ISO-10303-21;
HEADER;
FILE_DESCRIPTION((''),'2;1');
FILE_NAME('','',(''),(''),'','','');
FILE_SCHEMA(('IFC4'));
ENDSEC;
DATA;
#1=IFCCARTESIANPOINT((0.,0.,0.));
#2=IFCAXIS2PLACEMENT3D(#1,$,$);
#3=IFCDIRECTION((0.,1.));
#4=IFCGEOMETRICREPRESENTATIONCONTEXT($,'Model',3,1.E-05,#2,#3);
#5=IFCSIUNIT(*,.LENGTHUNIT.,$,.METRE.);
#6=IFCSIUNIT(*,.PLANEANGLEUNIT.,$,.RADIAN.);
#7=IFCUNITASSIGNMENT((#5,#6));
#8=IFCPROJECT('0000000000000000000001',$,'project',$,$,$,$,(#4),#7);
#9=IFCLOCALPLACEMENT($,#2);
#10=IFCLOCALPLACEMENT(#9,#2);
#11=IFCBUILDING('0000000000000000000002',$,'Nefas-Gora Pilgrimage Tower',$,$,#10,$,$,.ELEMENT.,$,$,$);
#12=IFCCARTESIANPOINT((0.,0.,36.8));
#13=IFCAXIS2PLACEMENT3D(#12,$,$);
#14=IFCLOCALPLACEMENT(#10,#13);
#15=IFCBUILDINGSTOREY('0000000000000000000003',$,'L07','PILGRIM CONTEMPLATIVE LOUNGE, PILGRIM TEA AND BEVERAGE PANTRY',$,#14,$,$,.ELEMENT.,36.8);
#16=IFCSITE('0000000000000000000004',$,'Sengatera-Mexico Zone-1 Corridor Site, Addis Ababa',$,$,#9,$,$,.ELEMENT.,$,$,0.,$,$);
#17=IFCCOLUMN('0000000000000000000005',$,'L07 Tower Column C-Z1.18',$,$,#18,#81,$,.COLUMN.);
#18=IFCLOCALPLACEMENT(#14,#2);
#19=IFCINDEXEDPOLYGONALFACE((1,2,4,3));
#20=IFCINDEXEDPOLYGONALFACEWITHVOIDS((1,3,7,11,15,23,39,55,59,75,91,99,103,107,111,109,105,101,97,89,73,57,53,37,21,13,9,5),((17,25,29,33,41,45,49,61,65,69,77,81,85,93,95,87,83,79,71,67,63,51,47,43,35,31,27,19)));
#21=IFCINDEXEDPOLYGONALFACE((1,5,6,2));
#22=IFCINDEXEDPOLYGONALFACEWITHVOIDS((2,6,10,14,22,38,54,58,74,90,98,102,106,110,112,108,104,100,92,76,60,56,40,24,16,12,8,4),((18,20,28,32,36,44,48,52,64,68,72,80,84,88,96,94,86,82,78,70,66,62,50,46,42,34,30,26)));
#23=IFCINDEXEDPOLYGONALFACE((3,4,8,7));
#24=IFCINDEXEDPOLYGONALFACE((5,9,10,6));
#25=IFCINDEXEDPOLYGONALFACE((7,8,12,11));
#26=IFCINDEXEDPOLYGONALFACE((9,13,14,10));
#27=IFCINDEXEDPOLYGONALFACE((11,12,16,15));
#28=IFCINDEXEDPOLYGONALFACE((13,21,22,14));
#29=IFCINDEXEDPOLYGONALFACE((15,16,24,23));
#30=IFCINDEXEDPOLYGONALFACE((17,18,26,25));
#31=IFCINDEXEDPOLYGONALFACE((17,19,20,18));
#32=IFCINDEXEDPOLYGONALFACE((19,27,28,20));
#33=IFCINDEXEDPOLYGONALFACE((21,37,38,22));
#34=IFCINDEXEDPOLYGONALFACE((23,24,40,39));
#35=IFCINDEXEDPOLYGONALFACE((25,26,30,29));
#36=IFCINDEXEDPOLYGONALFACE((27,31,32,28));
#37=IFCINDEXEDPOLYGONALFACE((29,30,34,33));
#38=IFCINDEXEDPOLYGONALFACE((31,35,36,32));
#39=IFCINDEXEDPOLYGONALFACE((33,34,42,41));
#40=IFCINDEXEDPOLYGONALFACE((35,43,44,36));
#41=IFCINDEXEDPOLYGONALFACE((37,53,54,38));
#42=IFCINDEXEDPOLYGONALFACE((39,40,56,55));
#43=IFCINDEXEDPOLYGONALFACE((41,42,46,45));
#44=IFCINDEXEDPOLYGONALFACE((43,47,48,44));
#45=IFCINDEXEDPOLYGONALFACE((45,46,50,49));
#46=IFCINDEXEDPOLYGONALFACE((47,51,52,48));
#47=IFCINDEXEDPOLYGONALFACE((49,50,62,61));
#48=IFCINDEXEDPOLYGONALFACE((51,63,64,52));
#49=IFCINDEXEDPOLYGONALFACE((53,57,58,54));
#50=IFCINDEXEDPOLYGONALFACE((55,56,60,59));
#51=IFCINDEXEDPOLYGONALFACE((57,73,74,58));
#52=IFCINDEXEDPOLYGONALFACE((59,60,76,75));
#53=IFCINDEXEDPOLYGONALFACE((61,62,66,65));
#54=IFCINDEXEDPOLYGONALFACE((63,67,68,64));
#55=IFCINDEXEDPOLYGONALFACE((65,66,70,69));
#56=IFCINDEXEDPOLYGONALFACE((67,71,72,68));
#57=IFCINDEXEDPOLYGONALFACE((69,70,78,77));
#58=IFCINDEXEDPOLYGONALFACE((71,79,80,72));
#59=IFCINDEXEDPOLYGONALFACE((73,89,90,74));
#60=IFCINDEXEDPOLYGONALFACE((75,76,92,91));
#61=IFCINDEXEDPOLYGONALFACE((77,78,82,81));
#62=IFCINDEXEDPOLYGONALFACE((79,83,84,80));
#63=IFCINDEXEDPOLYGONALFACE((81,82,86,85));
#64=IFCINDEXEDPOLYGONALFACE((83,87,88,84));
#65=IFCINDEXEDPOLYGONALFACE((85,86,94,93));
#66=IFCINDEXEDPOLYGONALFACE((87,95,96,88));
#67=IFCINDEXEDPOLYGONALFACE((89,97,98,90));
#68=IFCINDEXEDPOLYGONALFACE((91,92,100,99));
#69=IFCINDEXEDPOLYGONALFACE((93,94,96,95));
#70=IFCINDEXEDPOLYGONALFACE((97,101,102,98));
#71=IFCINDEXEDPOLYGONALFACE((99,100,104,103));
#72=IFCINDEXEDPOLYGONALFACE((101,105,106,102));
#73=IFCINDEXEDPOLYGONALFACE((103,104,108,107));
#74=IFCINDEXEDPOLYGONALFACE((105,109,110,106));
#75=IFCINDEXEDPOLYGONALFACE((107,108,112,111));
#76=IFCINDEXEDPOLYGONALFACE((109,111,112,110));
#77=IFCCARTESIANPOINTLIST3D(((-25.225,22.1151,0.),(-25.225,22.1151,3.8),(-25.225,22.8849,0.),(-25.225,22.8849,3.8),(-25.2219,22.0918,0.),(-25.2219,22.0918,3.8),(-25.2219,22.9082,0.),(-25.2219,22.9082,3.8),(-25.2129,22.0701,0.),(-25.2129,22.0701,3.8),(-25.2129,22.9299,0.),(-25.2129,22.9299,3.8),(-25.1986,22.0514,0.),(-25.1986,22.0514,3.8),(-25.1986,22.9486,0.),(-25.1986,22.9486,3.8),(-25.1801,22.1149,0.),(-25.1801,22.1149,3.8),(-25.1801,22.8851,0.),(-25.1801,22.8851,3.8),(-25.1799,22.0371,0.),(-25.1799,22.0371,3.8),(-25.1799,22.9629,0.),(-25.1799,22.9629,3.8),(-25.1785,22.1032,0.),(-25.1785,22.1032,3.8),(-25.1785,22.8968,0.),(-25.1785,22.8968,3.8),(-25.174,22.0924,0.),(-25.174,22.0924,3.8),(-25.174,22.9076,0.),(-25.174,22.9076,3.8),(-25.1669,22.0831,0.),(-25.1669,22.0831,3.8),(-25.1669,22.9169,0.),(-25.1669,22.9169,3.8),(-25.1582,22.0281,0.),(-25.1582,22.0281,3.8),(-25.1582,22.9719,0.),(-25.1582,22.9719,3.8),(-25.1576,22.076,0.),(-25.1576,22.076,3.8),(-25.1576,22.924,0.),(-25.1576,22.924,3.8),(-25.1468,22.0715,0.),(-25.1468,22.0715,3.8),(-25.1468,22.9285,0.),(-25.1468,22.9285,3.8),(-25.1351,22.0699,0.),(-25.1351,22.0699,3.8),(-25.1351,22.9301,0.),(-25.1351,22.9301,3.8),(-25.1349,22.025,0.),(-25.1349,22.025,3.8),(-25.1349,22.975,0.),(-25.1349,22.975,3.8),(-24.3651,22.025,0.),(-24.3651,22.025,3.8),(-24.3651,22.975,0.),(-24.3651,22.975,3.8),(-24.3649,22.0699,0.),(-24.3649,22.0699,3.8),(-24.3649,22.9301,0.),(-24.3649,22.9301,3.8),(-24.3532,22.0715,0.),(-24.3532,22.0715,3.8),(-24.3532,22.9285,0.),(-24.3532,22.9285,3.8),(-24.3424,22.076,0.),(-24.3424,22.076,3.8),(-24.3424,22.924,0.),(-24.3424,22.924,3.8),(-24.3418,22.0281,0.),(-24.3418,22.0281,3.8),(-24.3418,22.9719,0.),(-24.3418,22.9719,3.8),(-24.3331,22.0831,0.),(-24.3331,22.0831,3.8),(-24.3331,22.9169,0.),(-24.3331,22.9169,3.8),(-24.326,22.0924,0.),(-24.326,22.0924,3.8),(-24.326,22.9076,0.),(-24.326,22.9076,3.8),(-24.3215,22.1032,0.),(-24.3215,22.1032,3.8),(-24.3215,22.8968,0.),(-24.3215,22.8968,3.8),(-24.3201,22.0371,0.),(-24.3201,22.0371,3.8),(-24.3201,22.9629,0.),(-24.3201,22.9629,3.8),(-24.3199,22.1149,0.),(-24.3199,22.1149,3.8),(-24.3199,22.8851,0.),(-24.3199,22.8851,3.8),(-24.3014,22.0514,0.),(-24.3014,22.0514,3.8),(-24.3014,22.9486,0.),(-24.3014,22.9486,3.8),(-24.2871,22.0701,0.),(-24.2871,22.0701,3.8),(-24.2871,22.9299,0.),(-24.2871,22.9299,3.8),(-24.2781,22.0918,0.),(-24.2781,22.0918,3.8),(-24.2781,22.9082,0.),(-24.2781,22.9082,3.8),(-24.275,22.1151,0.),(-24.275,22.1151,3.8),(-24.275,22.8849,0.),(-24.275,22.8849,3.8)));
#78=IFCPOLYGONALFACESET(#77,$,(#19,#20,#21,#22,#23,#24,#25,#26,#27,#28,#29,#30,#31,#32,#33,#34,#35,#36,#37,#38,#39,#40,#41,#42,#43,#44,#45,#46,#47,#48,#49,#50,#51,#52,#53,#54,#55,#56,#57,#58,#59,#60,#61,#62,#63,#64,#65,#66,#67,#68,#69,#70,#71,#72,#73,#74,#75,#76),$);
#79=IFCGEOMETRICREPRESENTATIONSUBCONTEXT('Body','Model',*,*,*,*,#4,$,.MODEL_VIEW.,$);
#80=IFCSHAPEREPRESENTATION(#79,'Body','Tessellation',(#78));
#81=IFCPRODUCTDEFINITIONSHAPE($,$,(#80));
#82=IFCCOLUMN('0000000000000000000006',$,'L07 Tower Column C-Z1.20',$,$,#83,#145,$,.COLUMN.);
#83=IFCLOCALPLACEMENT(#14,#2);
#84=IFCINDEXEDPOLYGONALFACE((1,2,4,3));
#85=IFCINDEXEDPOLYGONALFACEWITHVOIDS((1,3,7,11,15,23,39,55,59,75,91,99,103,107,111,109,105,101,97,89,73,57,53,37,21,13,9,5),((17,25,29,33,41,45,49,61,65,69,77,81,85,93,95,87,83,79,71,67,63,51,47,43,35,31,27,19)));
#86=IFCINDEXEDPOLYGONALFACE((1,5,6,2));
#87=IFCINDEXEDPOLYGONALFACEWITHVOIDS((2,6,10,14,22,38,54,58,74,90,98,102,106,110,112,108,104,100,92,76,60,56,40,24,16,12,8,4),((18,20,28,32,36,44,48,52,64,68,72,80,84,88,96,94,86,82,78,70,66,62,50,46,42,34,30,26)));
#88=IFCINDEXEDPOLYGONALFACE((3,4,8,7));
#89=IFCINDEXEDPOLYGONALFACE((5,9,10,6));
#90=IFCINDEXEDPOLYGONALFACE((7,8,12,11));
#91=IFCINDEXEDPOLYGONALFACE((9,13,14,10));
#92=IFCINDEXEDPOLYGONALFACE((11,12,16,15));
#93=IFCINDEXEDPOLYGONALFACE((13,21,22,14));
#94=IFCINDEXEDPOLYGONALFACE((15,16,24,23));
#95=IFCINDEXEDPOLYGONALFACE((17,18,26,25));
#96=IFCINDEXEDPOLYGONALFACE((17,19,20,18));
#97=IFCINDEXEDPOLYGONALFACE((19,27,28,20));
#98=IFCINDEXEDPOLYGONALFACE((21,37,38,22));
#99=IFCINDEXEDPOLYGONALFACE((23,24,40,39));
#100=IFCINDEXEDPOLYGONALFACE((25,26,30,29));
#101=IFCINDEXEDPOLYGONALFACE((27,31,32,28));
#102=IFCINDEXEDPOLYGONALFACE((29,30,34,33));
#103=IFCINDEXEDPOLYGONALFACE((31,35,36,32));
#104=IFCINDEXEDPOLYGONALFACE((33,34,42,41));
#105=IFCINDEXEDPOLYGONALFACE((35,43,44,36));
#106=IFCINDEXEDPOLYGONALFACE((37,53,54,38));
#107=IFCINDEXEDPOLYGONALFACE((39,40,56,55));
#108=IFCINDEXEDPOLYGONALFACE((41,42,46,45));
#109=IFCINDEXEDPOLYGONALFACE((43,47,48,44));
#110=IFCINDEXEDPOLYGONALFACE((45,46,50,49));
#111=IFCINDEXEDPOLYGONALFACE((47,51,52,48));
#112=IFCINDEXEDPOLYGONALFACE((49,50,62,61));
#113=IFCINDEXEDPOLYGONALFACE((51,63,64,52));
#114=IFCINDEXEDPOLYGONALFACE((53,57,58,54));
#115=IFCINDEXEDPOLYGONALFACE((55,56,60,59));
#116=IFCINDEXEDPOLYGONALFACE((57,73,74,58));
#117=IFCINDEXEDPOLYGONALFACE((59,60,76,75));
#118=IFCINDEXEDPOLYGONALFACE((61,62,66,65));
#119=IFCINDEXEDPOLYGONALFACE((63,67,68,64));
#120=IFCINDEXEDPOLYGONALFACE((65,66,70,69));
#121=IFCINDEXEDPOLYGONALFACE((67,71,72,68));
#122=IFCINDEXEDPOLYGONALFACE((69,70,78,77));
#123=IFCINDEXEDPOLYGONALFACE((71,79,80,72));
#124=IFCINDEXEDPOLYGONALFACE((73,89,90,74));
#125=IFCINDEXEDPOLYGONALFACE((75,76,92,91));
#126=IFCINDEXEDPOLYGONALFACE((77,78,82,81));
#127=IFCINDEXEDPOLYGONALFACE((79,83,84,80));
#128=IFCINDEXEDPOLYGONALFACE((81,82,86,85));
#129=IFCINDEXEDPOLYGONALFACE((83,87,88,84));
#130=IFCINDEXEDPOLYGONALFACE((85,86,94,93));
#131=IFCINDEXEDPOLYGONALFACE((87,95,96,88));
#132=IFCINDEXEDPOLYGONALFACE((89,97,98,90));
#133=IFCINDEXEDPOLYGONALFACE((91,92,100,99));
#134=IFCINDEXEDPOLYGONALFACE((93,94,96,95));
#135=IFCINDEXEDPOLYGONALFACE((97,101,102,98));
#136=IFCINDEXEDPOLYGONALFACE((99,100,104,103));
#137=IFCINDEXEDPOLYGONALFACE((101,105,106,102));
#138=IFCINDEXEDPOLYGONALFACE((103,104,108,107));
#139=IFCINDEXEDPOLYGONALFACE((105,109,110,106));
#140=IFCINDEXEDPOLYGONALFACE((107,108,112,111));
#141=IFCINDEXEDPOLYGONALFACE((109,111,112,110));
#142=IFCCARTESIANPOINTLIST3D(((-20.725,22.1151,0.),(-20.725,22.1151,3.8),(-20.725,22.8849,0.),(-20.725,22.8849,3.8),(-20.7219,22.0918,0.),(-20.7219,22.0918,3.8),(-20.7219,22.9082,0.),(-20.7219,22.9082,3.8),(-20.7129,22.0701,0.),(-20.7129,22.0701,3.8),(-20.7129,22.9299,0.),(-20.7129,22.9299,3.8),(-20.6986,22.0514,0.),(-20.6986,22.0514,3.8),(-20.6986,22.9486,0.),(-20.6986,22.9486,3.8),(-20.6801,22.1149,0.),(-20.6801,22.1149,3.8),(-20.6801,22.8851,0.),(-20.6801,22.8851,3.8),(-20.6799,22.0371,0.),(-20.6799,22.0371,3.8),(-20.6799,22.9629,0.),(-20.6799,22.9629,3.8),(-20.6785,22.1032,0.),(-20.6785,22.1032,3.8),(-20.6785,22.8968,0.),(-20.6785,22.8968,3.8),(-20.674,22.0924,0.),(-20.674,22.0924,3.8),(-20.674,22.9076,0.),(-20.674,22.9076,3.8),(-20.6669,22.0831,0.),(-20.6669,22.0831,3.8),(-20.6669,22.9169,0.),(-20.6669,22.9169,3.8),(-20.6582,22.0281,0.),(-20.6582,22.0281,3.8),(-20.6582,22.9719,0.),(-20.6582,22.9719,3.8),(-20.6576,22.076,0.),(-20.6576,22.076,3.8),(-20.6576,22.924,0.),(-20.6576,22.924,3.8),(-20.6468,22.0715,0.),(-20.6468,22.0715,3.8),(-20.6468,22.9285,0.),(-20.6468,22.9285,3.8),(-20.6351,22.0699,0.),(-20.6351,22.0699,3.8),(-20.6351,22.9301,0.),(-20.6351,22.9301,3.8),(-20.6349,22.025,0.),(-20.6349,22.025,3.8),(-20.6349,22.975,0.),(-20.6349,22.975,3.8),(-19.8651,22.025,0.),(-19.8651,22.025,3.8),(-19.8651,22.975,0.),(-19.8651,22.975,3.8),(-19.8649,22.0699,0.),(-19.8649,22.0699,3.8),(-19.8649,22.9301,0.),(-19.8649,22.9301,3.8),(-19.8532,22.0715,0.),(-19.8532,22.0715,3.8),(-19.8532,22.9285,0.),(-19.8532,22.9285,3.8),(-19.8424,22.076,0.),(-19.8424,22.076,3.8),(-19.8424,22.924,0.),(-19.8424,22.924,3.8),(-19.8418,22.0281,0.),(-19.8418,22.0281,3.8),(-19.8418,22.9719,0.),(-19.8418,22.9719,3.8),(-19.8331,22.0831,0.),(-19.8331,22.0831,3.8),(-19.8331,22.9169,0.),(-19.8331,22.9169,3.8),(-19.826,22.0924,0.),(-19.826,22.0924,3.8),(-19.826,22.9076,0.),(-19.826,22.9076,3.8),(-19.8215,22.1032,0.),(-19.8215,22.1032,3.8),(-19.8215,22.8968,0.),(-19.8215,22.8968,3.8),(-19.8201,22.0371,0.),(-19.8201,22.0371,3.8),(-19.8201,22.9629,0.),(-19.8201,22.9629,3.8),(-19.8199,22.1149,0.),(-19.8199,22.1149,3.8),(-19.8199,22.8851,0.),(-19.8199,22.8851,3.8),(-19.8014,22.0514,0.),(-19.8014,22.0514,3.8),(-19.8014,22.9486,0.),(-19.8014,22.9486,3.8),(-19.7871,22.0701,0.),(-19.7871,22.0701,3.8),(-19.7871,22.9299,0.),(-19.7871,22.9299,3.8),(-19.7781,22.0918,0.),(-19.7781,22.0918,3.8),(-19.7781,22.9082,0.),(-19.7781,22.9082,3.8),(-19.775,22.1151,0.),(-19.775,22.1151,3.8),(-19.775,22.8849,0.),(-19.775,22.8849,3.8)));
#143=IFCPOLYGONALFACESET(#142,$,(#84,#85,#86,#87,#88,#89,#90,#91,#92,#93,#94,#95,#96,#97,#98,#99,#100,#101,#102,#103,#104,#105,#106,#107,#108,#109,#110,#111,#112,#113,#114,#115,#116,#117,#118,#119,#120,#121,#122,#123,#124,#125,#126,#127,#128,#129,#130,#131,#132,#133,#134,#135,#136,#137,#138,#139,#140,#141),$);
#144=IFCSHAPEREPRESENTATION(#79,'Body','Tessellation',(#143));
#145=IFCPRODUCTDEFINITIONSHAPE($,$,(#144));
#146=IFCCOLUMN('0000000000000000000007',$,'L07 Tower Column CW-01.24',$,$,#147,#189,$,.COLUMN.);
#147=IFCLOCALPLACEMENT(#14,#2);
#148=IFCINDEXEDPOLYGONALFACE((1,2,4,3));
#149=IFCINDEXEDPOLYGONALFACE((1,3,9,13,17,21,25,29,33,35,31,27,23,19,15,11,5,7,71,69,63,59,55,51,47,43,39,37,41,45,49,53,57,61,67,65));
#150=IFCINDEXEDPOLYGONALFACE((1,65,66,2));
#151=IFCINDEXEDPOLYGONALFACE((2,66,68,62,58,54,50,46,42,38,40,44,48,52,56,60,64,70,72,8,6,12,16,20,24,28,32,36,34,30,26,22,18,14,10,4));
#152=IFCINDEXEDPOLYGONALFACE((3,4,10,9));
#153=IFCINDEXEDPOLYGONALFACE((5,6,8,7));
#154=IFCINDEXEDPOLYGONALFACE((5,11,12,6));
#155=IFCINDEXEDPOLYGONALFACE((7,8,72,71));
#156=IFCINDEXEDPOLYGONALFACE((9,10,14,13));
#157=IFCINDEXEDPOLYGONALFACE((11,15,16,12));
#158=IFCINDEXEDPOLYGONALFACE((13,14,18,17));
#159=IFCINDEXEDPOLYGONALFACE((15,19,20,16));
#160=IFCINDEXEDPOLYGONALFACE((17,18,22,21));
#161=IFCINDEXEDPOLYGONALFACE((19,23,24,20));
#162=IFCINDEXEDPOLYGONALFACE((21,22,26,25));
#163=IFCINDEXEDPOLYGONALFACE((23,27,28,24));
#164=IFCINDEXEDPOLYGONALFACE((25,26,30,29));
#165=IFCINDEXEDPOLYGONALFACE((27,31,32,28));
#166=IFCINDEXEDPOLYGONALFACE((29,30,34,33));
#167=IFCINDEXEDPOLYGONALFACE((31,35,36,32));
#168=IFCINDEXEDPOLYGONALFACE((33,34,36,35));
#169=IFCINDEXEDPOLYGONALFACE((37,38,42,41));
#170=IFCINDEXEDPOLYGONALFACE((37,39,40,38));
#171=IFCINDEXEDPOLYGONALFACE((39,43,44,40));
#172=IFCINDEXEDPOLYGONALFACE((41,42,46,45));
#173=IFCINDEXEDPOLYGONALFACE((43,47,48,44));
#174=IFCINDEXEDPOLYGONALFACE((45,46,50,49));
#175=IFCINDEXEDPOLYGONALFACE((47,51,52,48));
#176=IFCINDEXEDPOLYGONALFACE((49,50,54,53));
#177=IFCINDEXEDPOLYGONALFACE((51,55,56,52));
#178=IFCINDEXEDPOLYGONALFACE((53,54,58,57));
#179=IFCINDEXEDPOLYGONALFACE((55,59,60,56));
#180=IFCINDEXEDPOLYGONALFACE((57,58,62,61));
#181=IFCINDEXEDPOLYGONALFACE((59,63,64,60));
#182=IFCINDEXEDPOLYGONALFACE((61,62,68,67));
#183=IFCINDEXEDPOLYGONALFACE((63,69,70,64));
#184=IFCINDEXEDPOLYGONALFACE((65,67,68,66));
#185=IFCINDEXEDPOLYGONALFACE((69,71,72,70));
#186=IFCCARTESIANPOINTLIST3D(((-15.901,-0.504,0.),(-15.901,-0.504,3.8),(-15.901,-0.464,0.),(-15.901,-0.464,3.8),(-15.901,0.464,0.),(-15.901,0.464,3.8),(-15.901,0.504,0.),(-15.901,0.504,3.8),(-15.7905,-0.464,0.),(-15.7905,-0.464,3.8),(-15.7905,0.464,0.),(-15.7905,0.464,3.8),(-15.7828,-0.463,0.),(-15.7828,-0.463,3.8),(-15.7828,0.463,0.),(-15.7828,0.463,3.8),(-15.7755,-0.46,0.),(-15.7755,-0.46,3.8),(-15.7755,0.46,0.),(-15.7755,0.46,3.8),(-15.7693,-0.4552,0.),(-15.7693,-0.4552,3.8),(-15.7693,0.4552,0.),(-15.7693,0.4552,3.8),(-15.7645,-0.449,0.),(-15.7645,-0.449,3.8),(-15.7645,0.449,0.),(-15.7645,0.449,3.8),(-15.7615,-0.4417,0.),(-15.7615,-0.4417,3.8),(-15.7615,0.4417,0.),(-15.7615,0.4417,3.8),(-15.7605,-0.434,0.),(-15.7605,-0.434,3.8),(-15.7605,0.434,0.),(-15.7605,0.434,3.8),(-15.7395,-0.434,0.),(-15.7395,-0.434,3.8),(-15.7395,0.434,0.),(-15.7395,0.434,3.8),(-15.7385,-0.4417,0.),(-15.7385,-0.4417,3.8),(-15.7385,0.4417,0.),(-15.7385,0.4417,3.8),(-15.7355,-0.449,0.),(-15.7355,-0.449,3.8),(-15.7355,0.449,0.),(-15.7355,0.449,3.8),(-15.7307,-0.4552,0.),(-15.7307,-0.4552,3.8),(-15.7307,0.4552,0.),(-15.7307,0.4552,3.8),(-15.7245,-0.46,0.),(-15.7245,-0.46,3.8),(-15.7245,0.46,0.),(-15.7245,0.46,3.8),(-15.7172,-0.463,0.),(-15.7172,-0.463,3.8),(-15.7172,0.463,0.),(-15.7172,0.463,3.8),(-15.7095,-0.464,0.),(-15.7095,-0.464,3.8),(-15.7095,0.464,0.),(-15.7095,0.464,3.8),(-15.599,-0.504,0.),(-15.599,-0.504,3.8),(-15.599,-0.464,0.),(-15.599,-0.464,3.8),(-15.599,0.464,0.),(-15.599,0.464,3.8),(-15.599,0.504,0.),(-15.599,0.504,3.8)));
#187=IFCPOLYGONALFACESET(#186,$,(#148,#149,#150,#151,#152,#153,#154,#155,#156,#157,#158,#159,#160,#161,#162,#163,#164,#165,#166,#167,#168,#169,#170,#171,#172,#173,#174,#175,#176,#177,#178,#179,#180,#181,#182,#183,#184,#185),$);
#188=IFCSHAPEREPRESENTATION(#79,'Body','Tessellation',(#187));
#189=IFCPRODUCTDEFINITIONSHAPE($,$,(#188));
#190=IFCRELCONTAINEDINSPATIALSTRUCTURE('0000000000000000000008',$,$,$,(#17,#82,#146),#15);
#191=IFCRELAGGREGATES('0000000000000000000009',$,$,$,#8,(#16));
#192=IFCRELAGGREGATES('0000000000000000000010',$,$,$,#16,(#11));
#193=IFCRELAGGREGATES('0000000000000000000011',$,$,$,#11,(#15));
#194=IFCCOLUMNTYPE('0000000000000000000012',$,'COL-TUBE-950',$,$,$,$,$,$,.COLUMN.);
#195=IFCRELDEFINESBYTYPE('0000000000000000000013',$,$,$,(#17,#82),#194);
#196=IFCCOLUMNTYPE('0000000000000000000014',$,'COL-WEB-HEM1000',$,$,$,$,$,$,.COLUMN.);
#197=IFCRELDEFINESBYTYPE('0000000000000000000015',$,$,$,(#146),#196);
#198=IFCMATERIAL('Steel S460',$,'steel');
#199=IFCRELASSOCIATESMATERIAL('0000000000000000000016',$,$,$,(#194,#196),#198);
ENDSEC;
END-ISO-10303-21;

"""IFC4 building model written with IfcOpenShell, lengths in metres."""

from ifc_helpers import new_model, si_unit, direction, frame, origin, origin_2d, place, context, subcontext, project, spatial, hollow_rectangle, i_section, extrude, source, transform, mapped, material, material_profile, profile_set, type_object, element, save


model = new_model("IFC4")

# Units and contexts
model_context = context("Model", 3, precision=1e-05, world=origin(), true_north=direction((0.0, 1.0)))
body_context = subcontext(model_context, "Body", "Model", "MODEL_VIEW")
ifc_project = project(units=[si_unit("LENGTHUNIT", "METRE"), si_unit("PLANEANGLEUNIT", "RADIAN")], contexts=[model_context])

# Site, building, storey
site_placement = place(None, origin())
site = spatial("IfcSite", under=ifc_project, at=site_placement, Name="Sengatera-Mexico Zone-1 Corridor Site, Addis Ababa", CompositionType="ELEMENT", RefElevation=0.0)
building_placement = place(site_placement, origin())
building = spatial("IfcBuilding", under=site, at=building_placement, Name="Nefas-Gora Pilgrimage Tower", CompositionType="ELEMENT")
storey_placement = place(building_placement, frame((0.0, 0.0, 36.8)))
storey = spatial("IfcBuildingStorey", under=building, at=storey_placement, Name="L07", Description="PILGRIM CONTEMPLATIVE LOUNGE, PILGRIM TEA AND BEVERAGE PANTRY", CompositionType="ELEMENT", Elevation=36.8)

# Columns
ifc_material_1 = material(Name="Steel S460", Category="steel")
ifc_material_profile_1 = material_profile(ifc_material_1, hollow_rectangle(XDim=0.95, YDim=0.95, WallThickness=0.0449, InnerFilletRadius=0.0449, OuterFilletRadius=0.0901, at=origin_2d()), Name="BOX 950x950x45")
ifc_profile_set_1 = profile_set([ifc_material_profile_1], Name="Steel S460")
column_type_1 = type_object("IfcColumnType", Name="COL-TUBE-950", PredefinedType="COLUMN", material=ifc_profile_set_1)
shared_shape_1 = source(origin(), body_context, "Body", "SweptSolid", [
    extrude(hollow_rectangle(XDim=0.95, YDim=0.95, WallThickness=0.0449, InnerFilletRadius=0.0449, OuterFilletRadius=0.0901, at=origin_2d()), origin(), (0.0, 0.0, 1.0), 3.8),
])
for number, where, z_axis, x_axis, name in (
    (1, (-24.75, 22.5, 0.0), (0.0, 0.0, 1.0), (1.0, 0.0, 0.0), "L07 Tower Column C-Z1.18"),
    (2, (-20.25, 22.5, 0.0), (0.0, 0.0, 1.0), (1.0, 0.0, 0.0), "L07 Tower Column C-Z1.20"),
):
    element("IfcColumn", number, at=place(storey_placement, frame(where, z_axis=z_axis, x_axis=x_axis)), inside=storey, type_object=column_type_1, Name=name, PredefinedType="COLUMN", context=body_context, shape_type="MappedRepresentation", body=[
        mapped(shared_shape_1, transform((0.0, 0.0, 0.0), x_axis=(1.0, 0.0, 0.0), y_axis=(0.0, 1.0, 0.0), z_axis=(0.0, 0.0, 1.0), scale=1.0)),
    ])
ifc_material_profile_2 = material_profile(ifc_material_1, i_section(OverallWidth=0.302, OverallDepth=1.0081, WebThickness=0.021, FlangeThickness=0.04, FilletRadius=0.03, at=origin_2d()), Name="HEM 1000")
ifc_profile_set_2 = profile_set([ifc_material_profile_2], Name="Steel S460")
column_type_2 = type_object("IfcColumnType", Name="COL-WEB-HEM1000", PredefinedType="COLUMN", material=ifc_profile_set_2)
shared_shape_2 = source(origin(), body_context, "Body", "SweptSolid", [
    extrude(i_section(OverallWidth=0.302, OverallDepth=1.0081, WebThickness=0.021, FlangeThickness=0.04, FilletRadius=0.03, at=origin_2d()), origin(), (0.0, 0.0, 1.0), 3.8),
])
for number, where, z_axis, x_axis, name in (
    (3, (-15.75, 0.0, 0.0), (0.0, 0.0, 1.0), (1.0, 0.0, 0.0), "L07 Tower Column CW-01.24"),
):
    element("IfcColumn", number, at=place(storey_placement, frame(where, z_axis=z_axis, x_axis=x_axis)), inside=storey, type_object=column_type_2, Name=name, PredefinedType="COLUMN", context=body_context, shape_type="MappedRepresentation", body=[
        mapped(shared_shape_2, transform((0.0, 0.0, 0.0), x_axis=(1.0, 0.0, 0.0), y_axis=(0.0, 1.0, 0.0), z_axis=(0.0, 0.0, 1.0), scale=1.0)),
    ])

save(model, "model.ifc")
